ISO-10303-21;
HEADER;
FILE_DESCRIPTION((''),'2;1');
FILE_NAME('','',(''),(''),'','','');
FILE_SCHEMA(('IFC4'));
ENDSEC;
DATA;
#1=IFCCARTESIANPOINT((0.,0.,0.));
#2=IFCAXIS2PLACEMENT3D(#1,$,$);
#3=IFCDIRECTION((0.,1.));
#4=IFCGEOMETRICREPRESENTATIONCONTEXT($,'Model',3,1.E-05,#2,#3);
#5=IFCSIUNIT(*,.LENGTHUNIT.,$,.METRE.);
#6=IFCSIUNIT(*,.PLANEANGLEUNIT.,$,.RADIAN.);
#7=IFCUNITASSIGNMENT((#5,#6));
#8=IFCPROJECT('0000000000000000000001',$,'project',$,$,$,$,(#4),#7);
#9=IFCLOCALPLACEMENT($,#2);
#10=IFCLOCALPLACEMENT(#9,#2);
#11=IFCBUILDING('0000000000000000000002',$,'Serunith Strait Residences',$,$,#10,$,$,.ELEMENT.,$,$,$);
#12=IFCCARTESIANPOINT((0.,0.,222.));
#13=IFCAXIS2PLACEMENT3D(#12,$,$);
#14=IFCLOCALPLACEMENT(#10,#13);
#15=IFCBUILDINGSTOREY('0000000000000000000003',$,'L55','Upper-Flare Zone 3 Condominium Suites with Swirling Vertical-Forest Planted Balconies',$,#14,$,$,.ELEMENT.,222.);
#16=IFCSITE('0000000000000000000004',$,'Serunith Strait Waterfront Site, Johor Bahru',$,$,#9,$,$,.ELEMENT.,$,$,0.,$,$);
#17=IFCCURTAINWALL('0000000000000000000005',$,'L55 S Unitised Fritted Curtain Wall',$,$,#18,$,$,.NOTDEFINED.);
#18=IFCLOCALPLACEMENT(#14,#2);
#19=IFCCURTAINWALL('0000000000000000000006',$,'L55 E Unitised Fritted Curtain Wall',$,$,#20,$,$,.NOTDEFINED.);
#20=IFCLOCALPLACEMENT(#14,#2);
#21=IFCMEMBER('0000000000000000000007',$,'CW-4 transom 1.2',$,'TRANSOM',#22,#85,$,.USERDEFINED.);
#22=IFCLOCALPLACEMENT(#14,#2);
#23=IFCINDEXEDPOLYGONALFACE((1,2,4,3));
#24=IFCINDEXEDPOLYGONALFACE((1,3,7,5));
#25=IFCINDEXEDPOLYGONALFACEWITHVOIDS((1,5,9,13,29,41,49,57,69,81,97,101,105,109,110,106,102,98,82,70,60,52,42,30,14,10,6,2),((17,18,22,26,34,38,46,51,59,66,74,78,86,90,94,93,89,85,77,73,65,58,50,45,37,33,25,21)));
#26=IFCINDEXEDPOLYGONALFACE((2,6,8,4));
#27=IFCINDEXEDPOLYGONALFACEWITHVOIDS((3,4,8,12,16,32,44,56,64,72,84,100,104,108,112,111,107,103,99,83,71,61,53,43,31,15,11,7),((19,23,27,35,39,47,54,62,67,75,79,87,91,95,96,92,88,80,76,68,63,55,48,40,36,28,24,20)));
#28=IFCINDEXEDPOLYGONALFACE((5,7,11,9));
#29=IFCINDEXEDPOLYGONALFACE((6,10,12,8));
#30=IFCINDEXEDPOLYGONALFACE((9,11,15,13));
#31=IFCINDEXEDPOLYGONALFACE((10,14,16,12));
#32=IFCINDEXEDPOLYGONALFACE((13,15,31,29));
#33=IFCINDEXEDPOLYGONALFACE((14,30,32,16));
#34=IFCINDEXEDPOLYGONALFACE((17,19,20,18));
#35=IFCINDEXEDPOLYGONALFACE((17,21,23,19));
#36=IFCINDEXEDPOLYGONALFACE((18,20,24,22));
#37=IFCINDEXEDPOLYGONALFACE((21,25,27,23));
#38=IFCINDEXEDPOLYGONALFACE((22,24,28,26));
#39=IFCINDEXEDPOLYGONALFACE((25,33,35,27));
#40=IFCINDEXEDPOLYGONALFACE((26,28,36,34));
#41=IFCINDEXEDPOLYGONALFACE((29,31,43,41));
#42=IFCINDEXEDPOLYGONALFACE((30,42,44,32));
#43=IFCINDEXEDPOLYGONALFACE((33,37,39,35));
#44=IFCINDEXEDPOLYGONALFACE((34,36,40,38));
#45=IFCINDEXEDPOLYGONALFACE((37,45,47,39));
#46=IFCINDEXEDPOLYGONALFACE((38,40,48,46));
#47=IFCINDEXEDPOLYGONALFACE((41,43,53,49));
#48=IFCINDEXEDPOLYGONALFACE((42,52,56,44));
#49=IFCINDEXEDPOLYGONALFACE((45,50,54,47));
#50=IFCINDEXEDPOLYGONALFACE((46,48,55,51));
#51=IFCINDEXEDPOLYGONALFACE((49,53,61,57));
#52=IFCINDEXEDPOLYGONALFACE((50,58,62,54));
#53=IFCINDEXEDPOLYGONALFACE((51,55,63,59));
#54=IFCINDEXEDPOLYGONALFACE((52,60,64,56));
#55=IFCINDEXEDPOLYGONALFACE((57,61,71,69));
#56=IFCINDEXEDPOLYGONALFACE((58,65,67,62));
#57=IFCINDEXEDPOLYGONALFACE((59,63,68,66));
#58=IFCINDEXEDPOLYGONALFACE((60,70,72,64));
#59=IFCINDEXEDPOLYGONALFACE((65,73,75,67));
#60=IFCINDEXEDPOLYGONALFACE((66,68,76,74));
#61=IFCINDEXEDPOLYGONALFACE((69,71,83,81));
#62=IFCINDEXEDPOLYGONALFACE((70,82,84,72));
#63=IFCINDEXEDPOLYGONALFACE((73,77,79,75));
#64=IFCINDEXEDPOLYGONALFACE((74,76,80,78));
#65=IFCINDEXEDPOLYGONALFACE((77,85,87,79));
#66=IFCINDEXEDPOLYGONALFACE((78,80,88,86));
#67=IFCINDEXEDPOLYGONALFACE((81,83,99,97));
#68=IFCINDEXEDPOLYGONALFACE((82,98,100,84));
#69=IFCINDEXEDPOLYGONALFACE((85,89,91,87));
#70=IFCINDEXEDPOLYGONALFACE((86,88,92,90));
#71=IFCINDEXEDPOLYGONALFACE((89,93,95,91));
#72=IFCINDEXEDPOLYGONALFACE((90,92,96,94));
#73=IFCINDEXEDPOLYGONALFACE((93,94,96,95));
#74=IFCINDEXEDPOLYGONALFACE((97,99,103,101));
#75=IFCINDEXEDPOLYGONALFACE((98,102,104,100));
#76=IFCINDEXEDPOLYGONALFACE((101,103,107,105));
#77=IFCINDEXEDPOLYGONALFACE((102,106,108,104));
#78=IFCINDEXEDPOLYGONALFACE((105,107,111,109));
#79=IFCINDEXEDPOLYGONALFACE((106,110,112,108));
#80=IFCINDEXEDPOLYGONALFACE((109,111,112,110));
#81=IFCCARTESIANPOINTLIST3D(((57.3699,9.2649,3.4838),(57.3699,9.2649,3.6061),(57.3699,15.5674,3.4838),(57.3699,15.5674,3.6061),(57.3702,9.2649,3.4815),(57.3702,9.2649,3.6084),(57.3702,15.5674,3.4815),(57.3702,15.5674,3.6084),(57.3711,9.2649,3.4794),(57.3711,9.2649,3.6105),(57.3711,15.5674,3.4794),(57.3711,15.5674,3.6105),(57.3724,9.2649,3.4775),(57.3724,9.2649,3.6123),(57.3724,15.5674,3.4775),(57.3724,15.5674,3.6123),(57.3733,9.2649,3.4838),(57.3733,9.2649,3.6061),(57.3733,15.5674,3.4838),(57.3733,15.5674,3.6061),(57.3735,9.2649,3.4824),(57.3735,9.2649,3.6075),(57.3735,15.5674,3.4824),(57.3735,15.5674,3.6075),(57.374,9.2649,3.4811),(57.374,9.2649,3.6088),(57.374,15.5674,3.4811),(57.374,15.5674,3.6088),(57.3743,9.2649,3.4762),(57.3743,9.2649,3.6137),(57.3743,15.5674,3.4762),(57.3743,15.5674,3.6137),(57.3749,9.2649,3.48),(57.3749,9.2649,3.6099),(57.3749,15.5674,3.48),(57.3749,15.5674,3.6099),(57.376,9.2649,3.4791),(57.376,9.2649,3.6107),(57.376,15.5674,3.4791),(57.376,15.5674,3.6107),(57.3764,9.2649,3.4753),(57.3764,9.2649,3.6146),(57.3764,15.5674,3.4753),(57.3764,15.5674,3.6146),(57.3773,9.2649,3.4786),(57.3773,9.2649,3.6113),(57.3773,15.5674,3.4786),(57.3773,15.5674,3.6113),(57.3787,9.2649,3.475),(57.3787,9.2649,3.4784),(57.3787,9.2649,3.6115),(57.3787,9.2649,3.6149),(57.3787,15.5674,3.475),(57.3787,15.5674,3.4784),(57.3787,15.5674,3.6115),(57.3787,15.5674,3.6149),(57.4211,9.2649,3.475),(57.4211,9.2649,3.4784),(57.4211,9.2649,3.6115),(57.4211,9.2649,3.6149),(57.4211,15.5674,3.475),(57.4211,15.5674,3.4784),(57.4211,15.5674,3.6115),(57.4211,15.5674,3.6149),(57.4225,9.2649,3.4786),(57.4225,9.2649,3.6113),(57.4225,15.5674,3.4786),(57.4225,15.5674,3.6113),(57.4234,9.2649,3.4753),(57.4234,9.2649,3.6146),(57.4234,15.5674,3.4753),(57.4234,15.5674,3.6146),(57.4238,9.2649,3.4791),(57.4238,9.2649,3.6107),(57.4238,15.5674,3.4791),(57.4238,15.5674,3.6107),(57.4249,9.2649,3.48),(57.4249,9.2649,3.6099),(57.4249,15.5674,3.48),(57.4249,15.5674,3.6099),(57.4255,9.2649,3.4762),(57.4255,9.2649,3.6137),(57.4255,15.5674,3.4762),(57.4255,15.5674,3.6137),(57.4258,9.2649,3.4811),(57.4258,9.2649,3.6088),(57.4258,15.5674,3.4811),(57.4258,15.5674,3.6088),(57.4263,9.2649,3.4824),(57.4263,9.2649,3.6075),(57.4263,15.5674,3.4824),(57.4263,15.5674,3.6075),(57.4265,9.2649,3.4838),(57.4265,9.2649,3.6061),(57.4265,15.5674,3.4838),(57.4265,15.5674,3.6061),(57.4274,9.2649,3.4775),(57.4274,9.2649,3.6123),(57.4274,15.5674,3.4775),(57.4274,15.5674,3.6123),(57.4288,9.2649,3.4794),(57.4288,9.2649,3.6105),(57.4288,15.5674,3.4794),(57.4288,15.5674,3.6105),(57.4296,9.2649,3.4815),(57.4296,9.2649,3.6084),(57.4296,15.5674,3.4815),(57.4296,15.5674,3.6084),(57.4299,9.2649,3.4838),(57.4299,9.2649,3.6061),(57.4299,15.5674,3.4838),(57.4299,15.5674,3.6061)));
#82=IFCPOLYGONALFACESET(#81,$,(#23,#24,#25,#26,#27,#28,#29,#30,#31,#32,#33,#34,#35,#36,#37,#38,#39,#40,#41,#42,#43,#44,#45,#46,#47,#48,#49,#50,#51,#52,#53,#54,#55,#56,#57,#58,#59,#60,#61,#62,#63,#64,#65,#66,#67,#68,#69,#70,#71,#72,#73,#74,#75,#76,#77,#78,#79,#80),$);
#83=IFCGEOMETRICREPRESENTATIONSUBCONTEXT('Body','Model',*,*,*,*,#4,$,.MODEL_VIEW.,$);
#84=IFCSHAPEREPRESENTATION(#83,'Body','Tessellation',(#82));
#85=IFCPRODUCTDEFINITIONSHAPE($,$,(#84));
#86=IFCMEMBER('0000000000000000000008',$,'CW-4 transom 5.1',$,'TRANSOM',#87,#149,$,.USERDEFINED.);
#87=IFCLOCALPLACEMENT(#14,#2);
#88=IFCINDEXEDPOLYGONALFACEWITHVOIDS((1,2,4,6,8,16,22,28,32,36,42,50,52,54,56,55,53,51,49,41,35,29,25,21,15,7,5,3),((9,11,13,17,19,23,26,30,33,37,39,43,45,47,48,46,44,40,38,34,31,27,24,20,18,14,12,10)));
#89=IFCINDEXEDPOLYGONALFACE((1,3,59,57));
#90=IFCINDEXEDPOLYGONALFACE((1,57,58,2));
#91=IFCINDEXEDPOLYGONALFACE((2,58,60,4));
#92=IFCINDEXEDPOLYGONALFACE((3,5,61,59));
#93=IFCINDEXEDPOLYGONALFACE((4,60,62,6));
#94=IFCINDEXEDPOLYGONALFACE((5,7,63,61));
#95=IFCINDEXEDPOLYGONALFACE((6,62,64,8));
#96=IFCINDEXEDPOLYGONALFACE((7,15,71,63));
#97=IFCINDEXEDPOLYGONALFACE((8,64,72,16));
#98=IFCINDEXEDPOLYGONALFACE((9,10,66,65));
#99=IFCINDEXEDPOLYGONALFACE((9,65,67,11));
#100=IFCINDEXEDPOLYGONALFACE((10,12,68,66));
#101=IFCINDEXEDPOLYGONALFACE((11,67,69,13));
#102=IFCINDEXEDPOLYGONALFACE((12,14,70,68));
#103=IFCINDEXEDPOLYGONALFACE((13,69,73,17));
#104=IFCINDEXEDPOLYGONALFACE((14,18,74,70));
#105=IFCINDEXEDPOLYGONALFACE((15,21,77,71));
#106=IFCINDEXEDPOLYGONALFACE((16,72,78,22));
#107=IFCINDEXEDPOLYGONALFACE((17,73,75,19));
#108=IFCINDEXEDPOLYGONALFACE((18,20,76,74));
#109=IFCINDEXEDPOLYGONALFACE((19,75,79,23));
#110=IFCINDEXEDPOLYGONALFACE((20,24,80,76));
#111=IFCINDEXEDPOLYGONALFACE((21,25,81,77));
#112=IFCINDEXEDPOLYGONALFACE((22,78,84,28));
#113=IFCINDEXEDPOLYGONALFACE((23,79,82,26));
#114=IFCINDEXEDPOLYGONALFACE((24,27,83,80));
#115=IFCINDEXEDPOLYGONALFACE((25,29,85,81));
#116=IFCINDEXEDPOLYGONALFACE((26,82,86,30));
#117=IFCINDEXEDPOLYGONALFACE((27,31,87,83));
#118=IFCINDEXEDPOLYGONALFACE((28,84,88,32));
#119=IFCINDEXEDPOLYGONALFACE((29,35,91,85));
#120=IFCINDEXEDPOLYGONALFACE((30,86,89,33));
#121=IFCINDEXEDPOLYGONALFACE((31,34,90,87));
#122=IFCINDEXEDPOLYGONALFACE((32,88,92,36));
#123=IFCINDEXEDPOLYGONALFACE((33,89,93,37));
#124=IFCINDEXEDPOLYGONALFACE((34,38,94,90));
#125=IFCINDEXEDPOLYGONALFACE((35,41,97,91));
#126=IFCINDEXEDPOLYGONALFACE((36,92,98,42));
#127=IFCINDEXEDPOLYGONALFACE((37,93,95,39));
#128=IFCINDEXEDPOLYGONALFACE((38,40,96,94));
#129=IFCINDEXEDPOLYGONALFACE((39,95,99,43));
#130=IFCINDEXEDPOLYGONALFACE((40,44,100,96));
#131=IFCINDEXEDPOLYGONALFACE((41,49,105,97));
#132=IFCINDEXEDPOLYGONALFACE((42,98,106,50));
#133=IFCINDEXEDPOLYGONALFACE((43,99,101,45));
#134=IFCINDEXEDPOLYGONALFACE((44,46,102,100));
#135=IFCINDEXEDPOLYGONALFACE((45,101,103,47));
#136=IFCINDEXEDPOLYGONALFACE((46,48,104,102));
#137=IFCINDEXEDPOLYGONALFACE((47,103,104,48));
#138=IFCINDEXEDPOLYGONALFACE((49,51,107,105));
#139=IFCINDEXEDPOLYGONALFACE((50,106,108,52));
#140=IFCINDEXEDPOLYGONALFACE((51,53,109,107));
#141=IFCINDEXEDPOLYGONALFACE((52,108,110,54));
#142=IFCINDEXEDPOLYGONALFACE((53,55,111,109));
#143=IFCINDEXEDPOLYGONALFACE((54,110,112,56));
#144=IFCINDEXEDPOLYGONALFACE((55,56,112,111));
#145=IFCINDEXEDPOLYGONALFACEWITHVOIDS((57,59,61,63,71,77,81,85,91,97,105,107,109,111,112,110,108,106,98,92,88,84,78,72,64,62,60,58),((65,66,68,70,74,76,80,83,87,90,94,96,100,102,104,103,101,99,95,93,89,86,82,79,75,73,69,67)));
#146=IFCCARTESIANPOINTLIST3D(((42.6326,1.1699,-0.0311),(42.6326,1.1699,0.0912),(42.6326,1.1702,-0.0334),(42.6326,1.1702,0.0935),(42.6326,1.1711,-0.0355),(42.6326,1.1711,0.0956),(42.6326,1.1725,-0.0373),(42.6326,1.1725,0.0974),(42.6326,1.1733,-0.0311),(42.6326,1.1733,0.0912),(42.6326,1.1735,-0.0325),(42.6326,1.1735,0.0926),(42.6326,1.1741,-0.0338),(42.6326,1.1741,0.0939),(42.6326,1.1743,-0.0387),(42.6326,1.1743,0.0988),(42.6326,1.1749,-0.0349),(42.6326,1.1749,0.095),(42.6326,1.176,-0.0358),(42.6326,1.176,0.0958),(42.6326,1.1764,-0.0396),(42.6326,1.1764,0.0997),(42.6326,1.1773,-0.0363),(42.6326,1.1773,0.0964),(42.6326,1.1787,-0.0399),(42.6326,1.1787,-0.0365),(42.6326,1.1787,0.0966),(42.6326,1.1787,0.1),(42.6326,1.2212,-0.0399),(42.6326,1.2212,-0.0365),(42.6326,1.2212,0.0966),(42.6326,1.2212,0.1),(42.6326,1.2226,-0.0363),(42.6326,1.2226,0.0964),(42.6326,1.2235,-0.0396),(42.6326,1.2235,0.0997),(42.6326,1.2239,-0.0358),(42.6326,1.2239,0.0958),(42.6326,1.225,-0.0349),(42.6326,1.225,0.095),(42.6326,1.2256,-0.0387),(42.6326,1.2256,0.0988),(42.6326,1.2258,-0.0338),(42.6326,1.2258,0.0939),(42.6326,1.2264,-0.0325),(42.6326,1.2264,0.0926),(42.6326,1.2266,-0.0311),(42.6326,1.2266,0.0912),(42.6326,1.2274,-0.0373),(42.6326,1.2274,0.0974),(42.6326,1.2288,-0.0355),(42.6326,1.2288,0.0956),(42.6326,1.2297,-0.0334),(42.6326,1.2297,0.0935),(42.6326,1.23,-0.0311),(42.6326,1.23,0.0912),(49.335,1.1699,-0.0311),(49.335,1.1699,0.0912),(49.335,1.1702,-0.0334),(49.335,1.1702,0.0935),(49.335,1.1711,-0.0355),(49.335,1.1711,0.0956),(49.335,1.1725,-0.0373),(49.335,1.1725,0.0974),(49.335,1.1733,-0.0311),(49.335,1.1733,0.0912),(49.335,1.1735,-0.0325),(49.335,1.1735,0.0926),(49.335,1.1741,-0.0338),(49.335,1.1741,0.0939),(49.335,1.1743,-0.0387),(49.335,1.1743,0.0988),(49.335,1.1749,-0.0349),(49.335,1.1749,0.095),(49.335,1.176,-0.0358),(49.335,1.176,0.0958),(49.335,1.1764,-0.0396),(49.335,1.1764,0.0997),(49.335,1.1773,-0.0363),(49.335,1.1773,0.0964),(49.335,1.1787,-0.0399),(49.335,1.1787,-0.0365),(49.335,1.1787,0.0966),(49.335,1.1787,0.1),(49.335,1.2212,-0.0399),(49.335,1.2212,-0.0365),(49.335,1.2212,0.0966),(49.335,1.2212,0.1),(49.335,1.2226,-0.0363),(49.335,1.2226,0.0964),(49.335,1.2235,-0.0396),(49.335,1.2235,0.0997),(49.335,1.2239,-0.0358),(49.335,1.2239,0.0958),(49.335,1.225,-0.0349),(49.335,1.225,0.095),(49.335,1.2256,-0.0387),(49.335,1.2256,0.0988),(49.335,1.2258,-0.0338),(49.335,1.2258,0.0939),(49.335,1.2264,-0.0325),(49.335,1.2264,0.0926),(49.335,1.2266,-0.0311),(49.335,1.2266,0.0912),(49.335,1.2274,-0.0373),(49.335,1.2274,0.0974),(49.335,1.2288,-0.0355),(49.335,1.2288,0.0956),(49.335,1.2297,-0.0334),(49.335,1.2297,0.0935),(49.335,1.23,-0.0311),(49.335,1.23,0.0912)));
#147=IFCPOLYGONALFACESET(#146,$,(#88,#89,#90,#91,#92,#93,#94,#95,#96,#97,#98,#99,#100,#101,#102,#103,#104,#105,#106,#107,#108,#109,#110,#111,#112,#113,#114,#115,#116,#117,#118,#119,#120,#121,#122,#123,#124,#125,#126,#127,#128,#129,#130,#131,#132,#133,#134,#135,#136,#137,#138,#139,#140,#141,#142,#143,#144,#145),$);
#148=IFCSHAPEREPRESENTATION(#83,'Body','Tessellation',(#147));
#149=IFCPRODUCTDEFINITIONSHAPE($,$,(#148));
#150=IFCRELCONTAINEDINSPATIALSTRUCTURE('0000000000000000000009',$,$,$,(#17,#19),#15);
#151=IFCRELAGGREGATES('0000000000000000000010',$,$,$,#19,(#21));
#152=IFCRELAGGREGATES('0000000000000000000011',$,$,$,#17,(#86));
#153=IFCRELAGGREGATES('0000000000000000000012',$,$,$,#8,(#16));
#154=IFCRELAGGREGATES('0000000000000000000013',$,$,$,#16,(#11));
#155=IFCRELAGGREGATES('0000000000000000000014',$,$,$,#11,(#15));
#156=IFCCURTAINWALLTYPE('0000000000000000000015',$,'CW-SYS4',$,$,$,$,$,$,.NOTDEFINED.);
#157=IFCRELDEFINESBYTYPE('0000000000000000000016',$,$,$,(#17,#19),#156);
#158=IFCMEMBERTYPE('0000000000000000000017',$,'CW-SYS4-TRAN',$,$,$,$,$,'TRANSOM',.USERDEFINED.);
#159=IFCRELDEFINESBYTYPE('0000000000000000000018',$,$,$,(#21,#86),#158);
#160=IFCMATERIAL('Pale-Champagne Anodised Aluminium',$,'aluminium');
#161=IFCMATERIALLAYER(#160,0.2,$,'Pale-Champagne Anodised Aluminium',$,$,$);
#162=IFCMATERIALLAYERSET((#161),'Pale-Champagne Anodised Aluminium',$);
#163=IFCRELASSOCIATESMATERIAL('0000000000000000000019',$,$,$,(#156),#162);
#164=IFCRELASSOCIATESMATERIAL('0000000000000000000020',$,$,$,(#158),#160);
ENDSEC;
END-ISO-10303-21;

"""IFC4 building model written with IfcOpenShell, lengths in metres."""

from ifc_helpers import new_model, si_unit, direction, frame, origin, origin_2d, place, context, subcontext, project, spatial, hollow_rectangle, extrude, source, transform, mapped, material, layer, layer_set, material_profile, profile_set, type_object, element, aggregate, save


model = new_model("IFC4")

# Units and contexts
model_context = context("Model", 3, precision=1e-05, world=origin(), true_north=direction((0.0, 1.0)))
body_context = subcontext(model_context, "Body", "Model", "MODEL_VIEW")
ifc_project = project(units=[si_unit("LENGTHUNIT", "METRE"), si_unit("PLANEANGLEUNIT", "RADIAN")], contexts=[model_context])

# Site, building, storey
site_placement = place(None, origin())
site = spatial("IfcSite", under=ifc_project, at=site_placement, Name="Serunith Strait Waterfront Site, Johor Bahru", CompositionType="ELEMENT", RefElevation=0.0)
building_placement = place(site_placement, origin())
building = spatial("IfcBuilding", under=site, at=building_placement, Name="Serunith Strait Residences", CompositionType="ELEMENT")
storey_placement = place(building_placement, frame((0.0, 0.0, 222.0)))
storey = spatial("IfcBuildingStorey", under=building, at=storey_placement, Name="L55", Description="Upper-Flare Zone 3 Condominium Suites with Swirling Vertical-Forest Planted Balconies", CompositionType="ELEMENT", Elevation=222.0)

# Curtain walls, member
ifc_material_1 = material(Name="Pale-Champagne Anodised Aluminium", Category="aluminium")
ifc_layer_1 = layer(ifc_material_1, 0.2, Name="Pale-Champagne Anodised Aluminium")
ifc_layer_set_1 = layer_set([ifc_layer_1], Name="Pale-Champagne Anodised Aluminium")
curtain_wall_type = type_object("IfcCurtainWallType", Name="CW-SYS4", PredefinedType="NOTDEFINED", material=ifc_layer_set_1)
curtain_wall_1_placement = place(storey_placement, origin())
curtain_wall_1 = element("IfcCurtainWall", 1, at=curtain_wall_1_placement, inside=storey, type_object=curtain_wall_type, Name="L55 S Unitised Fritted Curtain Wall", PredefinedType="NOTDEFINED")
curtain_wall_2_placement = place(storey_placement, origin())
curtain_wall_2 = element("IfcCurtainWall", 2, at=curtain_wall_2_placement, inside=storey, type_object=curtain_wall_type, Name="L55 E Unitised Fritted Curtain Wall", PredefinedType="NOTDEFINED")
ifc_material_profile_1 = material_profile(ifc_material_1, hollow_rectangle(XDim=0.0601, YDim=0.1399, WallThickness=0.0034, InnerFilletRadius=0.0054, OuterFilletRadius=0.0088, at=origin_2d()), Name="ALU 140x60x3.5")
ifc_profile_set_1 = profile_set([ifc_material_profile_1], Name="Pale-Champagne Anodised Aluminium")
member_type_1 = type_object("IfcMemberType", Name="CW-SYS4-TRAN", ElementType="TRANSOM", PredefinedType="USERDEFINED", material=ifc_profile_set_1)
shared_shape_1 = source(origin(), body_context, "Body", "SweptSolid", [
    extrude(hollow_rectangle(XDim=0.0601, YDim=0.1399, WallThickness=0.0034, InnerFilletRadius=0.0054, OuterFilletRadius=0.0088, at=origin_2d()), origin(), (0.0, 0.0, 1.0), 6.3025),
])
member_1_placement = place(storey_placement, frame((57.3999, 9.2649, 3.5449), z_axis=(0.0, 1.0, 0.0), x_axis=(-1.0, 0.0, 0.0)))
member_1 = element("IfcMember", 3, at=member_1_placement, type_object=member_type_1, Name="CW-4 transom 1.2", ObjectType="TRANSOM", PredefinedType="USERDEFINED", context=body_context, shape_type="MappedRepresentation", body=[
    mapped(shared_shape_1, transform((0.0, 0.0, 0.0), scale=1.0)),
])
aggregate(curtain_wall_2, [member_1])

# Member
shared_shape_2 = source(origin(), body_context, "Body", "SweptSolid", [
    extrude(hollow_rectangle(XDim=0.0601, YDim=0.1399, WallThickness=0.0034, InnerFilletRadius=0.0054, OuterFilletRadius=0.0088, at=origin_2d()), origin(), (0.0, 0.0, 1.0), 6.7024),
])
member_2_placement = place(storey_placement, frame((42.6326, 1.2, 0.03), z_axis=(1.0, 0.0, 0.0), x_axis=(0.0, 1.0, 0.0)))
member_2 = element("IfcMember", 4, at=member_2_placement, type_object=member_type_1, Name="CW-4 transom 5.1", ObjectType="TRANSOM", PredefinedType="USERDEFINED", context=body_context, shape_type="MappedRepresentation", body=[
    mapped(shared_shape_2, transform((0.0, 0.0, 0.0), scale=1.0)),
])

aggregate(curtain_wall_1, [member_2])

save(model, "model.ifc")
